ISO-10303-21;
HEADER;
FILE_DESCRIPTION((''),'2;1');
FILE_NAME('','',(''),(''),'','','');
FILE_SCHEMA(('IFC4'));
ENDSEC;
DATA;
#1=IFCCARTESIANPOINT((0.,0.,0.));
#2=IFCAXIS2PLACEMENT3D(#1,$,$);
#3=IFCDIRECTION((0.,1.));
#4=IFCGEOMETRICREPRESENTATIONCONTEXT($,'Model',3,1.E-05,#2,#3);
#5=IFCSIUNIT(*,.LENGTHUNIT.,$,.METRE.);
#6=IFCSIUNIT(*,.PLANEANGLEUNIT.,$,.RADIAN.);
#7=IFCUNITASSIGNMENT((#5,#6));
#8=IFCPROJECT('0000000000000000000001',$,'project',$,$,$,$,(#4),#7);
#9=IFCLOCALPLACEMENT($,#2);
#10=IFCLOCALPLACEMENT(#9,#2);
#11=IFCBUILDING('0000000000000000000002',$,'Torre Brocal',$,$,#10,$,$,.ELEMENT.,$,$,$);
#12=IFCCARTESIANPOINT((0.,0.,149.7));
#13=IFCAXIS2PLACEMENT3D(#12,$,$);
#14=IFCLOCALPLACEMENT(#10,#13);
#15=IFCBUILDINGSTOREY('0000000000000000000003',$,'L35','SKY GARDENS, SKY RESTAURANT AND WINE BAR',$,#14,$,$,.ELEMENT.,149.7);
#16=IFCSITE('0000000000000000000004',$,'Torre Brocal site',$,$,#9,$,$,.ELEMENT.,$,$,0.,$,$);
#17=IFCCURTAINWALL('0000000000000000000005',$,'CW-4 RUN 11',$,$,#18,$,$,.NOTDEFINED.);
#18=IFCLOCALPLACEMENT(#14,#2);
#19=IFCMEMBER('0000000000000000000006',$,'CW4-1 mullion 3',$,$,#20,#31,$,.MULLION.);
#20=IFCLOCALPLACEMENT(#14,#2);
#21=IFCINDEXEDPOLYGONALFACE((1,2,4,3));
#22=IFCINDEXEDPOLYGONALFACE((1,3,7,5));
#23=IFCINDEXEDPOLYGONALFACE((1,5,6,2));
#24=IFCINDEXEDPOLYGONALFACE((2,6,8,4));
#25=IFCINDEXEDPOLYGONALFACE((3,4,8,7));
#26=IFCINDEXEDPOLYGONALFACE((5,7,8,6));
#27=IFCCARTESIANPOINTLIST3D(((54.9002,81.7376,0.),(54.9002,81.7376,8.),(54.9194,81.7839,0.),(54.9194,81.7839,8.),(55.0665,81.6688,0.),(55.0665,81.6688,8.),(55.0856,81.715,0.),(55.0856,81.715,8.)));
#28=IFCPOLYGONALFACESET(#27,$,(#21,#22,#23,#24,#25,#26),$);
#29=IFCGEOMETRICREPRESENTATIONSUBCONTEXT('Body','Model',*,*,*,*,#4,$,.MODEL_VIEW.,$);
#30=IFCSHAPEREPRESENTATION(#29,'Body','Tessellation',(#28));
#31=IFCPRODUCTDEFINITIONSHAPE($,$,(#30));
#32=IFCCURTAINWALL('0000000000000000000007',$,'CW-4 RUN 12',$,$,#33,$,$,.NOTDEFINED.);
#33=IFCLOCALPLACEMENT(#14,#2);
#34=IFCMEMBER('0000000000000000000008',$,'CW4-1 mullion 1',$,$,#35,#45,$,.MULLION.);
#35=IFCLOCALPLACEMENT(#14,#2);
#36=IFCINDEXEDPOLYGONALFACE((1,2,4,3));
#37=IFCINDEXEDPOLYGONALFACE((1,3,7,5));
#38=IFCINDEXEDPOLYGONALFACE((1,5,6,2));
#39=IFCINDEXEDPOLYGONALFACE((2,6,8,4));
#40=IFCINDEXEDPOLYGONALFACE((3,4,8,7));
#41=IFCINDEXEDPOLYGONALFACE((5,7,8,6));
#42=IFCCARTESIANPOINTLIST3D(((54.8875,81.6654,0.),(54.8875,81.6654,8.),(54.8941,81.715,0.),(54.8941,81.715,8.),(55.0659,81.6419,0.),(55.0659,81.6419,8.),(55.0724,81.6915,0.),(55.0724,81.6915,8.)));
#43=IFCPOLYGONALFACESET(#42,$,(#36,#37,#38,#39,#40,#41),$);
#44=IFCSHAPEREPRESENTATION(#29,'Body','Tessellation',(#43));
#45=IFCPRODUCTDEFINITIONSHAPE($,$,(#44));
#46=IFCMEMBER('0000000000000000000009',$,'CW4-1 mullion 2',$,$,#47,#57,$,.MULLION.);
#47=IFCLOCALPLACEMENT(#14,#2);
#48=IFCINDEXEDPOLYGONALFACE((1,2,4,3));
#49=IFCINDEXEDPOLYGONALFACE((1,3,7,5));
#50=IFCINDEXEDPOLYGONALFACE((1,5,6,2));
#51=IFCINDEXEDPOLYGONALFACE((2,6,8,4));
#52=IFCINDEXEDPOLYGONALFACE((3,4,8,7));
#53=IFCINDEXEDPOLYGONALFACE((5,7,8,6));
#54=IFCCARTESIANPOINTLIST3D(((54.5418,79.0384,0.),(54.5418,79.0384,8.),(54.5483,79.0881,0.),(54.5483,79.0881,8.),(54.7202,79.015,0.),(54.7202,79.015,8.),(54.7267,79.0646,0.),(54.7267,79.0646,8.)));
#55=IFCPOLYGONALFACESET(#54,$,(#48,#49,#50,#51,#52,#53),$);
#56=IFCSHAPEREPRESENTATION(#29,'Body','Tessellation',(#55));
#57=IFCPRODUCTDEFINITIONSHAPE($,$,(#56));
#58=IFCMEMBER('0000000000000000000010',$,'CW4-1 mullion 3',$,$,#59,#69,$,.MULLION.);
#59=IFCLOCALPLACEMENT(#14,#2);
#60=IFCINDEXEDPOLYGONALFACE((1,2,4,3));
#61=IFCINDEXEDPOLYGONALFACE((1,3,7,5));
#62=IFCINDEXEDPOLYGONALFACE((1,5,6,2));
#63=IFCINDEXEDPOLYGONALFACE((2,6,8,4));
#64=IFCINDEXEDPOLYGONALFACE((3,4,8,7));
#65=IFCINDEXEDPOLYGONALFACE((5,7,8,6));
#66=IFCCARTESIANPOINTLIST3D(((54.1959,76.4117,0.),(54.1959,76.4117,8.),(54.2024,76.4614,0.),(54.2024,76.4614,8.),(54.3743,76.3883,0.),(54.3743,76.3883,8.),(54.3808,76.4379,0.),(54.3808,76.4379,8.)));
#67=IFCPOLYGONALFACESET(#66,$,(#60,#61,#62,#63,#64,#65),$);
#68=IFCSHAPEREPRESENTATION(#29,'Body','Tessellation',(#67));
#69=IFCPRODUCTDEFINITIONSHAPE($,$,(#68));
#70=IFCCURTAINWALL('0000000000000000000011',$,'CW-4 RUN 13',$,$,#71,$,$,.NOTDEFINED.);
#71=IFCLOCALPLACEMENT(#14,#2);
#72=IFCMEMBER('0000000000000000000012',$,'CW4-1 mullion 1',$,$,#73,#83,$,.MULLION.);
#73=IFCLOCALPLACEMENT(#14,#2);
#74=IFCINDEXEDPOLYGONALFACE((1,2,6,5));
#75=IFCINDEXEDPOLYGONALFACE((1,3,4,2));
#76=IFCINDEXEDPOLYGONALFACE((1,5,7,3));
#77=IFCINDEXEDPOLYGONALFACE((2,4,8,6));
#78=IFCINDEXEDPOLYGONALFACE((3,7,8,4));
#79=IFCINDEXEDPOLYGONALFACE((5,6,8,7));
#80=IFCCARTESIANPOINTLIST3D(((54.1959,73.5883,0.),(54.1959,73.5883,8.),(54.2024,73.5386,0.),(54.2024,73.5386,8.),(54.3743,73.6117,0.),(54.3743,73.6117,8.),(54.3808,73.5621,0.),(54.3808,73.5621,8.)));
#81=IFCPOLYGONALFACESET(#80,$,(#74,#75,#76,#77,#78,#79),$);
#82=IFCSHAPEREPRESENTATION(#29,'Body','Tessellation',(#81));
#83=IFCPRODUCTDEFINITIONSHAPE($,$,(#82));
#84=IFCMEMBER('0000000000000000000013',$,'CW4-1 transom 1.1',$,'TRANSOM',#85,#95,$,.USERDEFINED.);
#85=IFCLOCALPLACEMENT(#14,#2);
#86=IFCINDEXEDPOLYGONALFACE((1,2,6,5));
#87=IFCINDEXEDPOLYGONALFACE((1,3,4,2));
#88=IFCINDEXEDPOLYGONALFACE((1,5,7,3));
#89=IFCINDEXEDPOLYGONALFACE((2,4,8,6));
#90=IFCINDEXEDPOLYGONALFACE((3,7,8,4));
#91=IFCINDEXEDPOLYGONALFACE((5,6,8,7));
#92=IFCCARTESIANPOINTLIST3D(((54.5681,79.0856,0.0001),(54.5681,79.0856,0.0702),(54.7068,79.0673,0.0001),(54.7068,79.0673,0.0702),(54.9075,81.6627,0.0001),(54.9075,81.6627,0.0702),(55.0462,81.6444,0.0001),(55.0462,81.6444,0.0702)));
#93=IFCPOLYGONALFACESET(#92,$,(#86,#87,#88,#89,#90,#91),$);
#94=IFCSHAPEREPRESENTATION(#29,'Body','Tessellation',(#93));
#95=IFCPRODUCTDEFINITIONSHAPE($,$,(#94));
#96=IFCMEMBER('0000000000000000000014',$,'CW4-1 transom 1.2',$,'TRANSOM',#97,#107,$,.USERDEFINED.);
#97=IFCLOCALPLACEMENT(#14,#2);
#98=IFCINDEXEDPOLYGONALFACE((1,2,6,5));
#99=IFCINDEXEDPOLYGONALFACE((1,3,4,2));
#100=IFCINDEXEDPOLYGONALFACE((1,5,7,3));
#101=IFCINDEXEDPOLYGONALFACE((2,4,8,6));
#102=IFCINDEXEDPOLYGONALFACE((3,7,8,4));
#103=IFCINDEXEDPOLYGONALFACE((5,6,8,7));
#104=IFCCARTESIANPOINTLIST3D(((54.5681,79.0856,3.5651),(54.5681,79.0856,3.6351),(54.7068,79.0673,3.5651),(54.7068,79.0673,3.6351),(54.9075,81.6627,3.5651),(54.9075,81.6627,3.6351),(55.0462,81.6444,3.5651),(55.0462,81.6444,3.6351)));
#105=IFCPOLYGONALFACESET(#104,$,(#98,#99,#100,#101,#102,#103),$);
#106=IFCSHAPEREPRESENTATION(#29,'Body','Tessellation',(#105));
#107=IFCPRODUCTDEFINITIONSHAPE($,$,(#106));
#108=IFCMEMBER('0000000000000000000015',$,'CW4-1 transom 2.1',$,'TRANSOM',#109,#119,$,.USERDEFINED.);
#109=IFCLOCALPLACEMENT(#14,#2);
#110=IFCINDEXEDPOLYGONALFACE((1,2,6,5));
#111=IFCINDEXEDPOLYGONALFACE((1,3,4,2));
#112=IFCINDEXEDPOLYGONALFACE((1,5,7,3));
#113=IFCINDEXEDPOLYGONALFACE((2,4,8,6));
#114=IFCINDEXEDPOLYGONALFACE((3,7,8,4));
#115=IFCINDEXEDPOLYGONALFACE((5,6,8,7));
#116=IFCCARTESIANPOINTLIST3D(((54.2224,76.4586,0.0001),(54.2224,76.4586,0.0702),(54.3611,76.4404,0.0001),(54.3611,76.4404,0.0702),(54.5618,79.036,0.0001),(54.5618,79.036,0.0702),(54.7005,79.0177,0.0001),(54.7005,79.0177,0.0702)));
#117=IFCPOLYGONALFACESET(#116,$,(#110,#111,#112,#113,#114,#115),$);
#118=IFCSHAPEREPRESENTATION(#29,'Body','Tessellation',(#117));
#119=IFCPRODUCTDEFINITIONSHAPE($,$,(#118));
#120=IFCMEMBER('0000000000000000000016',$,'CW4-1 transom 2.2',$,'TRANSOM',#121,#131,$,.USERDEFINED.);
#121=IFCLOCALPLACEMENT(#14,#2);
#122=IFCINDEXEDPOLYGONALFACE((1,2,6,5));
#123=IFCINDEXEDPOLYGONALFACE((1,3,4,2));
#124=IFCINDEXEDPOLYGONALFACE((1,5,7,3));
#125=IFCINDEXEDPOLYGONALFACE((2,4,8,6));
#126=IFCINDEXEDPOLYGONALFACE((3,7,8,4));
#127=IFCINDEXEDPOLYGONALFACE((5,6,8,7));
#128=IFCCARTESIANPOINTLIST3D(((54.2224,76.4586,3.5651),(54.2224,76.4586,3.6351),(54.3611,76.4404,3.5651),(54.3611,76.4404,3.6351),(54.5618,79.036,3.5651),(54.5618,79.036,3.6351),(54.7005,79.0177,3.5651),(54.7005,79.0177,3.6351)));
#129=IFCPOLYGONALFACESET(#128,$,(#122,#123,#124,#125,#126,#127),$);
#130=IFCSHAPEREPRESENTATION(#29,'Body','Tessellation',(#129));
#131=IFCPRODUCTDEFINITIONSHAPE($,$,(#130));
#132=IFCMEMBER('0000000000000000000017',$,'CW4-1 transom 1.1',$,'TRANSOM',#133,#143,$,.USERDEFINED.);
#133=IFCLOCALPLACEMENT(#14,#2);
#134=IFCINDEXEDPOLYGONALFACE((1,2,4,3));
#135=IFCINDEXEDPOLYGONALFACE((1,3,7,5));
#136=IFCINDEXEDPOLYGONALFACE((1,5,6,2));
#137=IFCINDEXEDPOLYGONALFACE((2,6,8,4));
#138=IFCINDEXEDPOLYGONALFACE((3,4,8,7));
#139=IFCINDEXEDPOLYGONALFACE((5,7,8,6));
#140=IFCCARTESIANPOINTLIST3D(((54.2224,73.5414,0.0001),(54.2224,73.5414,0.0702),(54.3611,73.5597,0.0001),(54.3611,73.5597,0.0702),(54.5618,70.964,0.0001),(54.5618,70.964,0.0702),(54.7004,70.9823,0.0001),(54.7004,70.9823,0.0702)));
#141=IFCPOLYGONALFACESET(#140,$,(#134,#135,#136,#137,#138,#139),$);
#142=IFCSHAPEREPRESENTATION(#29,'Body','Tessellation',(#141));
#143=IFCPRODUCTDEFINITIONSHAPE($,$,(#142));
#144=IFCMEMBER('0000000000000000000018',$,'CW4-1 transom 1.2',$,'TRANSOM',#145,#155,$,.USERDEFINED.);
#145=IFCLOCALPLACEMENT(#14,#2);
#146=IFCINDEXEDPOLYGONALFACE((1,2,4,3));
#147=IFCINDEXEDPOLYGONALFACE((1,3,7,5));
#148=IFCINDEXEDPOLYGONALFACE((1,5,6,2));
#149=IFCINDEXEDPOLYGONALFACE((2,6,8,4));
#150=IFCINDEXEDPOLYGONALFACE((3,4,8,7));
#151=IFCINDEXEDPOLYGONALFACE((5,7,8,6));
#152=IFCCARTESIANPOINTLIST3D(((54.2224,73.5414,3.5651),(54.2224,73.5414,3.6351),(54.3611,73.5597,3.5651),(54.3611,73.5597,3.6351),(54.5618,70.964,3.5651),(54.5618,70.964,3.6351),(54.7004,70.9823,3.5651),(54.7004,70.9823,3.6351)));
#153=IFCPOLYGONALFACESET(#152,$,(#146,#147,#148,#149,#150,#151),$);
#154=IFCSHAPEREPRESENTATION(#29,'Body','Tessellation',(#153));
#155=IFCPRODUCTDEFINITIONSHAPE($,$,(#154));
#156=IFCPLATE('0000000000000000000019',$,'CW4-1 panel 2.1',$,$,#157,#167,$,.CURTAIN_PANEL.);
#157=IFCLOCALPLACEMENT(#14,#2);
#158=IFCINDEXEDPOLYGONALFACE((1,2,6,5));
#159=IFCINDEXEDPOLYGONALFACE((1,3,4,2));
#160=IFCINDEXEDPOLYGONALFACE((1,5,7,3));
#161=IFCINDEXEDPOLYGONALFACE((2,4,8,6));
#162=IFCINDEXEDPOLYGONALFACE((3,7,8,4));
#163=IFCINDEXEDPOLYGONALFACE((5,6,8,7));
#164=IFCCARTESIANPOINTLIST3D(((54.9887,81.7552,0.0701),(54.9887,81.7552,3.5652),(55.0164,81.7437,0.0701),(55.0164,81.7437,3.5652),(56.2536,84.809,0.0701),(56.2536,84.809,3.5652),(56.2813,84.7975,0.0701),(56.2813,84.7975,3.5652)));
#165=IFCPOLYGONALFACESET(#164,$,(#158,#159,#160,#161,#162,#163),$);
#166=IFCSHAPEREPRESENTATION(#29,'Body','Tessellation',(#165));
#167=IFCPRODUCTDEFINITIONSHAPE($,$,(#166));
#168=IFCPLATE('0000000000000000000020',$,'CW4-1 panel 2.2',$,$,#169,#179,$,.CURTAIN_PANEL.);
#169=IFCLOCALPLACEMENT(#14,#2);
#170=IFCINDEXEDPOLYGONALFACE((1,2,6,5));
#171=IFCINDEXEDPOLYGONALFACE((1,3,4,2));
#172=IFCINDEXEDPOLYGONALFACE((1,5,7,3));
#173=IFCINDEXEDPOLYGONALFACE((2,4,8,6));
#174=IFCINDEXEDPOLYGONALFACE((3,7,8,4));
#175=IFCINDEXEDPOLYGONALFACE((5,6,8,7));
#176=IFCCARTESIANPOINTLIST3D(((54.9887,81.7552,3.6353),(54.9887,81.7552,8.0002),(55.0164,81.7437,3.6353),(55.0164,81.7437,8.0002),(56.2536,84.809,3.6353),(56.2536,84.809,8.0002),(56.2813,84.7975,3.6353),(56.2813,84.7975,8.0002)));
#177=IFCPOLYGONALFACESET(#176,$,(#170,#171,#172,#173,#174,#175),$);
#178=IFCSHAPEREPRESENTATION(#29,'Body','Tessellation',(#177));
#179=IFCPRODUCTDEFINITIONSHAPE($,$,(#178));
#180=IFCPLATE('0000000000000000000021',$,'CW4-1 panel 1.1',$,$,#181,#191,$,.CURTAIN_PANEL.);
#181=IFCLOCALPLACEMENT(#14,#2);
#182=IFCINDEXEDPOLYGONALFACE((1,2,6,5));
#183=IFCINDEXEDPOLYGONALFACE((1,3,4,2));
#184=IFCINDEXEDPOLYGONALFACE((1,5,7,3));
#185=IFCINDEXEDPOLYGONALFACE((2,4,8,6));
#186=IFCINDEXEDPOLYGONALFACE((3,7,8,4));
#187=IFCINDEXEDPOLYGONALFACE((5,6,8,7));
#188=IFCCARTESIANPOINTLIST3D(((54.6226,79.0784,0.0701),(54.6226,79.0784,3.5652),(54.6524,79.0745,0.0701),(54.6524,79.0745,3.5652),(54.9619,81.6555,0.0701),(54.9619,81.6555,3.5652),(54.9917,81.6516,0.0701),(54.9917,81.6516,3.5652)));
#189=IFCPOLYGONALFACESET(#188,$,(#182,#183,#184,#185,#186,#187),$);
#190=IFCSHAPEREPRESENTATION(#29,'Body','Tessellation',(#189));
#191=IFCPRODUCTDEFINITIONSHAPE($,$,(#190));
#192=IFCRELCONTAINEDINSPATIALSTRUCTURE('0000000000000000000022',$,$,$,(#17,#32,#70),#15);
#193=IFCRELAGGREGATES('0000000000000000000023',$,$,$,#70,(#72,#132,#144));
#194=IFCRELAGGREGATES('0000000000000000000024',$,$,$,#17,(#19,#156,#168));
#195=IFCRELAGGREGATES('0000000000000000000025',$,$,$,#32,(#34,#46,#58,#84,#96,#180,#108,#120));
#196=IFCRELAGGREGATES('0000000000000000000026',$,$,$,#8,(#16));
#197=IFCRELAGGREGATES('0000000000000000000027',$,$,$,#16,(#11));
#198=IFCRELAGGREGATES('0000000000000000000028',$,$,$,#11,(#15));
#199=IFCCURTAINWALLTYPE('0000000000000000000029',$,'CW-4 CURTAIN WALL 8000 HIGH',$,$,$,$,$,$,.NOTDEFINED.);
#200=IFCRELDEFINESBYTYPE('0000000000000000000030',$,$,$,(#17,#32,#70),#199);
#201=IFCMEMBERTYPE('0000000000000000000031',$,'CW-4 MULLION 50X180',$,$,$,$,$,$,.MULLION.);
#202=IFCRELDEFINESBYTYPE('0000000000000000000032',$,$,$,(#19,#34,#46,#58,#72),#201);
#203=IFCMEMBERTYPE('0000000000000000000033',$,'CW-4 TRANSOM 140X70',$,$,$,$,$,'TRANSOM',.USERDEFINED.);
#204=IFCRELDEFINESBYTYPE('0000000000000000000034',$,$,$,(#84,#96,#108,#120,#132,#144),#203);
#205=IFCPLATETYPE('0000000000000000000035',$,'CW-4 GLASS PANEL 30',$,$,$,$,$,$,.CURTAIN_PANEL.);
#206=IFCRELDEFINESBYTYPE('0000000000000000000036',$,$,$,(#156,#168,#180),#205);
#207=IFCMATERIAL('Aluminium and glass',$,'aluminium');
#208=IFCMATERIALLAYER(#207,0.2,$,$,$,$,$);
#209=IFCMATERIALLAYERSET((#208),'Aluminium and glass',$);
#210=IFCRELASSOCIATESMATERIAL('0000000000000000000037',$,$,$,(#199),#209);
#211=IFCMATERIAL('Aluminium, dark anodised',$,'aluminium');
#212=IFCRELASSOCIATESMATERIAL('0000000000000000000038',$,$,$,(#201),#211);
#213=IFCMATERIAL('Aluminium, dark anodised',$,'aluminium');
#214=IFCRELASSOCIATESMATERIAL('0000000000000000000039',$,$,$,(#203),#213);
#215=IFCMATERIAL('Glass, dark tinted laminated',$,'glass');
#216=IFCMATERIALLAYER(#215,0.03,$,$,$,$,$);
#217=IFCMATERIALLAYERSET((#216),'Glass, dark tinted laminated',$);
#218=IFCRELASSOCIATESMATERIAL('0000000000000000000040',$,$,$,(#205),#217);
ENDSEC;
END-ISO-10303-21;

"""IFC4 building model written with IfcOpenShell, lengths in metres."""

from ifc_helpers import new_model, si_unit, direction, frame, origin, origin_2d, place, context, subcontext, project, spatial, rectangle, extrude, material, layer, layer_set, material_profile, profile_set, type_object, element, aggregate, save


model = new_model("IFC4")

# Units and contexts
model_context = context("Model", 3, precision=1e-05, world=origin(), true_north=direction((0.0, 1.0)))
body_context = subcontext(model_context, "Body", "Model", "MODEL_VIEW")
ifc_project = project(units=[si_unit("LENGTHUNIT", "METRE"), si_unit("PLANEANGLEUNIT", "RADIAN")], contexts=[model_context])

# Site, building, storey
site_placement = place(None, origin())
site = spatial("IfcSite", under=ifc_project, at=site_placement, Name="Torre Brocal site", CompositionType="ELEMENT", RefElevation=0.0)
building_placement = place(site_placement, origin())
building = spatial("IfcBuilding", under=site, at=building_placement, Name="Torre Brocal", CompositionType="ELEMENT")
storey_placement = place(building_placement, frame((0.0, 0.0, 149.7)))
storey = spatial("IfcBuildingStorey", under=building, at=storey_placement, Name="L35", Description="SKY GARDENS, SKY RESTAURANT AND WINE BAR", CompositionType="ELEMENT", Elevation=149.7)

# Curtain wall, member
ifc_material_1 = material(Name="Aluminium and glass", Category="aluminium")
ifc_layer_1 = layer(ifc_material_1, 0.2)
ifc_layer_set_1 = layer_set([ifc_layer_1], Name="Aluminium and glass")
curtain_wall_type = type_object("IfcCurtainWallType", Name="CW-4 CURTAIN WALL 8000 HIGH", PredefinedType="NOTDEFINED", material=ifc_layer_set_1)
curtain_wall_1_placement = place(storey_placement, origin())
curtain_wall_1 = element("IfcCurtainWall", 1, at=curtain_wall_1_placement, inside=storey, type_object=curtain_wall_type, Name="CW-4 RUN 11", PredefinedType="NOTDEFINED")
ifc_material_2 = material(Name="Aluminium, dark anodised", Category="aluminium")
ifc_material_profile_1 = material_profile(ifc_material_2, rectangle(XDim=0.1799, YDim=0.05, at=origin_2d()), Name="CW-4 MULLION 50X180")
ifc_profile_set_1 = profile_set([ifc_material_profile_1], Name="Aluminium, dark anodised")
member_type_1 = type_object("IfcMemberType", Name="CW-4 MULLION 50X180", PredefinedType="MULLION", material=ifc_profile_set_1)
member_1_placement = place(storey_placement, frame((54.9929, 81.7263, 0.0), z_axis=(0.0, 0.0, 1.0), x_axis=(0.92388, -0.382683, 0.0)))
member_1 = element("IfcMember", 2, at=member_1_placement, type_object=member_type_1, Name="CW4-1 mullion 3", PredefinedType="MULLION", context=body_context, shape_type="SweptSolid", body=[
    extrude(rectangle(XDim=0.1799, YDim=0.05, at=origin_2d()), origin(), (0.0, 0.0, 1.0), 8.0),
])

# Curtain wall, members
curtain_wall_2_placement = place(storey_placement, origin())
curtain_wall_2 = element("IfcCurtainWall", 3, at=curtain_wall_2_placement, inside=storey, type_object=curtain_wall_type, Name="CW-4 RUN 12", PredefinedType="NOTDEFINED")
member_2_placement = place(storey_placement, frame((54.98, 81.6785, 0.0), z_axis=(0.0, 0.0, 1.0), x_axis=(0.991445, -0.130526, 0.0)))
member_2 = element("IfcMember", 4, at=member_2_placement, type_object=member_type_1, Name="CW4-1 mullion 1", PredefinedType="MULLION", context=body_context, shape_type="SweptSolid", body=[
    extrude(rectangle(XDim=0.1799, YDim=0.05, at=origin_2d()), origin(), (0.0, 0.0, 1.0), 8.0),
])
member_3_placement = place(storey_placement, frame((54.6343, 79.0515, 0.0), z_axis=(0.0, 0.0, 1.0), x_axis=(0.991445, -0.130526, 0.0)))
member_3 = element("IfcMember", 5, at=member_3_placement, type_object=member_type_1, Name="CW4-1 mullion 2", PredefinedType="MULLION", context=body_context, shape_type="SweptSolid", body=[
    extrude(rectangle(XDim=0.1799, YDim=0.05, at=origin_2d()), origin(), (0.0, 0.0, 1.0), 8.0),
])
member_4_placement = place(storey_placement, frame((54.2883, 76.4248, 0.0), z_axis=(0.0, 0.0, 1.0), x_axis=(0.991445, -0.130526, 0.0)))
member_4 = element("IfcMember", 6, at=member_4_placement, type_object=member_type_1, Name="CW4-1 mullion 3", PredefinedType="MULLION", context=body_context, shape_type="SweptSolid", body=[
    extrude(rectangle(XDim=0.1799, YDim=0.05, at=origin_2d()), origin(), (0.0, 0.0, 1.0), 8.0),
])

# Curtain wall, member
curtain_wall_3_placement = place(storey_placement, origin())
curtain_wall_3 = element("IfcCurtainWall", 7, at=curtain_wall_3_placement, inside=storey, type_object=curtain_wall_type, Name="CW-4 RUN 13", PredefinedType="NOTDEFINED")
member_5_placement = place(storey_placement, frame((54.2883, 73.5752, 0.0), z_axis=(0.0, 0.0, 1.0), x_axis=(0.991445, 0.130526, 0.0)))
member_5 = element("IfcMember", 8, at=member_5_placement, type_object=member_type_1, Name="CW4-1 mullion 1", PredefinedType="MULLION", context=body_context, shape_type="SweptSolid", body=[
    extrude(rectangle(XDim=0.1799, YDim=0.05, at=origin_2d()), origin(), (0.0, 0.0, 1.0), 8.0),
])

# Members
ifc_material_3 = material(Name="Aluminium, dark anodised", Category="aluminium")
ifc_material_profile_2 = material_profile(ifc_material_3, rectangle(XDim=0.1399, YDim=0.0701, at=origin_2d()), Name="CW-4 TRANSOM 140X70")
ifc_profile_set_2 = profile_set([ifc_material_profile_2], Name="Aluminium, dark anodised")
member_type_2 = type_object("IfcMemberType", Name="CW-4 TRANSOM 140X70", ElementType="TRANSOM", PredefinedType="USERDEFINED", material=ifc_profile_set_2)
member_6_placement = place(storey_placement, frame((54.9768, 81.6536, 0.0352), z_axis=(-0.130552, -0.991442, 0.0), x_axis=(0.991442, -0.130552, 0.0)))
member_6 = element("IfcMember", 9, at=member_6_placement, type_object=member_type_2, Name="CW4-1 transom 1.1", ObjectType="TRANSOM", PredefinedType="USERDEFINED", context=body_context, shape_type="SweptSolid", body=[
    extrude(rectangle(XDim=0.1399, YDim=0.0701, at=origin_2d()), origin(), (0.0, 0.0, 1.0), 2.5994),
])
member_7_placement = place(storey_placement, frame((54.9768, 81.6536, 3.6001), z_axis=(-0.130552, -0.991442, 0.0), x_axis=(0.991442, -0.130552, 0.0)))
member_7 = element("IfcMember", 10, at=member_7_placement, type_object=member_type_2, Name="CW4-1 transom 1.2", ObjectType="TRANSOM", PredefinedType="USERDEFINED", context=body_context, shape_type="SweptSolid", body=[
    extrude(rectangle(XDim=0.1399, YDim=0.0701, at=origin_2d()), origin(), (0.0, 0.0, 1.0), 2.5994),
])
member_8_placement = place(storey_placement, frame((54.6311, 79.0269, 0.0352), z_axis=(-0.13054, -0.991443, 0.0), x_axis=(0.991443, -0.13054, 0.0)))
member_8 = element("IfcMember", 11, at=member_8_placement, type_object=member_type_2, Name="CW4-1 transom 2.1", ObjectType="TRANSOM", PredefinedType="USERDEFINED", context=body_context, shape_type="SweptSolid", body=[
    extrude(rectangle(XDim=0.1399, YDim=0.0701, at=origin_2d()), origin(), (0.0, 0.0, 1.0), 2.5996),
])
member_9_placement = place(storey_placement, frame((54.6311, 79.0269, 3.6001), z_axis=(-0.13054, -0.991443, 0.0), x_axis=(0.991443, -0.13054, 0.0)))
member_9 = element("IfcMember", 12, at=member_9_placement, type_object=member_type_2, Name="CW4-1 transom 2.2", ObjectType="TRANSOM", PredefinedType="USERDEFINED", context=body_context, shape_type="SweptSolid", body=[
    extrude(rectangle(XDim=0.1399, YDim=0.0701, at=origin_2d()), origin(), (0.0, 0.0, 1.0), 2.5996),
])
member_10_placement = place(storey_placement, frame((54.2917, 73.5505, 0.0352), z_axis=(0.13054, -0.991443, 0.0), x_axis=(0.991443, 0.13054, 0.0)))
member_10 = element("IfcMember", 13, at=member_10_placement, type_object=member_type_2, Name="CW4-1 transom 1.1", ObjectType="TRANSOM", PredefinedType="USERDEFINED", context=body_context, shape_type="SweptSolid", body=[
    extrude(rectangle(XDim=0.1399, YDim=0.0701, at=origin_2d()), origin(), (0.0, 0.0, 1.0), 2.5996),
])
member_11_placement = place(storey_placement, frame((54.2917, 73.5505, 3.6001), z_axis=(0.13054, -0.991443, 0.0), x_axis=(0.991443, 0.13054, 0.0)))
member_11 = element("IfcMember", 14, at=member_11_placement, type_object=member_type_2, Name="CW4-1 transom 1.2", ObjectType="TRANSOM", PredefinedType="USERDEFINED", context=body_context, shape_type="SweptSolid", body=[
    extrude(rectangle(XDim=0.1399, YDim=0.0701, at=origin_2d()), origin(), (0.0, 0.0, 1.0), 2.5996),
])
aggregate(curtain_wall_3, [member_5, member_10, member_11])

# Plates
ifc_material_4 = material(Name="Glass, dark tinted laminated", Category="glass")
ifc_layer_2 = layer(ifc_material_4, 0.03)
ifc_layer_set_2 = layer_set([ifc_layer_2], Name="Glass, dark tinted laminated")
plate_type = type_object("IfcPlateType", Name="CW-4 GLASS PANEL 30", PredefinedType="CURTAIN_PANEL", material=ifc_layer_set_2)
plate_1_placement = place(storey_placement, frame((55.635, 83.2764, 0.0701), z_axis=(0.0, 0.0, 1.0), x_axis=(-0.382683, -0.92388, 0.0)))
plate_1 = element("IfcPlate", 15, at=plate_1_placement, type_object=plate_type, Name="CW4-1 panel 2.1", PredefinedType="CURTAIN_PANEL", context=body_context, shape_type="SweptSolid", body=[
    extrude(rectangle(XDim=3.3054, YDim=0.03, at=origin_2d()), origin(), (0.0, 0.0, 1.0), 3.4951),
])
plate_2_placement = place(storey_placement, frame((55.635, 83.2764, 3.6353), z_axis=(0.0, 0.0, 1.0), x_axis=(-0.382683, -0.92388, 0.0)))
plate_2 = element("IfcPlate", 16, at=plate_2_placement, type_object=plate_type, Name="CW4-1 panel 2.2", PredefinedType="CURTAIN_PANEL", context=body_context, shape_type="SweptSolid", body=[
    extrude(rectangle(XDim=3.3054, YDim=0.03, at=origin_2d()), origin(), (0.0, 0.0, 1.0), 4.365),
])
aggregate(curtain_wall_1, [member_1, plate_1, plate_2])
plate_3_placement = place(storey_placement, frame((54.8071, 80.365, 0.0701), z_axis=(0.0, 0.0, 1.0), x_axis=(-0.130526, -0.991445, 0.0)))
plate_3 = element("IfcPlate", 17, at=plate_3_placement, type_object=plate_type, Name="CW4-1 panel 1.1", PredefinedType="CURTAIN_PANEL", context=body_context, shape_type="SweptSolid", body=[
    extrude(rectangle(XDim=2.5994, YDim=0.03, at=origin_2d()), origin(), (0.0, 0.0, 1.0), 3.4951),
])
aggregate(curtain_wall_2, [member_2, member_3, member_4, member_6, member_7, plate_3, member_8, member_9])

save(model, "model.ifc")
